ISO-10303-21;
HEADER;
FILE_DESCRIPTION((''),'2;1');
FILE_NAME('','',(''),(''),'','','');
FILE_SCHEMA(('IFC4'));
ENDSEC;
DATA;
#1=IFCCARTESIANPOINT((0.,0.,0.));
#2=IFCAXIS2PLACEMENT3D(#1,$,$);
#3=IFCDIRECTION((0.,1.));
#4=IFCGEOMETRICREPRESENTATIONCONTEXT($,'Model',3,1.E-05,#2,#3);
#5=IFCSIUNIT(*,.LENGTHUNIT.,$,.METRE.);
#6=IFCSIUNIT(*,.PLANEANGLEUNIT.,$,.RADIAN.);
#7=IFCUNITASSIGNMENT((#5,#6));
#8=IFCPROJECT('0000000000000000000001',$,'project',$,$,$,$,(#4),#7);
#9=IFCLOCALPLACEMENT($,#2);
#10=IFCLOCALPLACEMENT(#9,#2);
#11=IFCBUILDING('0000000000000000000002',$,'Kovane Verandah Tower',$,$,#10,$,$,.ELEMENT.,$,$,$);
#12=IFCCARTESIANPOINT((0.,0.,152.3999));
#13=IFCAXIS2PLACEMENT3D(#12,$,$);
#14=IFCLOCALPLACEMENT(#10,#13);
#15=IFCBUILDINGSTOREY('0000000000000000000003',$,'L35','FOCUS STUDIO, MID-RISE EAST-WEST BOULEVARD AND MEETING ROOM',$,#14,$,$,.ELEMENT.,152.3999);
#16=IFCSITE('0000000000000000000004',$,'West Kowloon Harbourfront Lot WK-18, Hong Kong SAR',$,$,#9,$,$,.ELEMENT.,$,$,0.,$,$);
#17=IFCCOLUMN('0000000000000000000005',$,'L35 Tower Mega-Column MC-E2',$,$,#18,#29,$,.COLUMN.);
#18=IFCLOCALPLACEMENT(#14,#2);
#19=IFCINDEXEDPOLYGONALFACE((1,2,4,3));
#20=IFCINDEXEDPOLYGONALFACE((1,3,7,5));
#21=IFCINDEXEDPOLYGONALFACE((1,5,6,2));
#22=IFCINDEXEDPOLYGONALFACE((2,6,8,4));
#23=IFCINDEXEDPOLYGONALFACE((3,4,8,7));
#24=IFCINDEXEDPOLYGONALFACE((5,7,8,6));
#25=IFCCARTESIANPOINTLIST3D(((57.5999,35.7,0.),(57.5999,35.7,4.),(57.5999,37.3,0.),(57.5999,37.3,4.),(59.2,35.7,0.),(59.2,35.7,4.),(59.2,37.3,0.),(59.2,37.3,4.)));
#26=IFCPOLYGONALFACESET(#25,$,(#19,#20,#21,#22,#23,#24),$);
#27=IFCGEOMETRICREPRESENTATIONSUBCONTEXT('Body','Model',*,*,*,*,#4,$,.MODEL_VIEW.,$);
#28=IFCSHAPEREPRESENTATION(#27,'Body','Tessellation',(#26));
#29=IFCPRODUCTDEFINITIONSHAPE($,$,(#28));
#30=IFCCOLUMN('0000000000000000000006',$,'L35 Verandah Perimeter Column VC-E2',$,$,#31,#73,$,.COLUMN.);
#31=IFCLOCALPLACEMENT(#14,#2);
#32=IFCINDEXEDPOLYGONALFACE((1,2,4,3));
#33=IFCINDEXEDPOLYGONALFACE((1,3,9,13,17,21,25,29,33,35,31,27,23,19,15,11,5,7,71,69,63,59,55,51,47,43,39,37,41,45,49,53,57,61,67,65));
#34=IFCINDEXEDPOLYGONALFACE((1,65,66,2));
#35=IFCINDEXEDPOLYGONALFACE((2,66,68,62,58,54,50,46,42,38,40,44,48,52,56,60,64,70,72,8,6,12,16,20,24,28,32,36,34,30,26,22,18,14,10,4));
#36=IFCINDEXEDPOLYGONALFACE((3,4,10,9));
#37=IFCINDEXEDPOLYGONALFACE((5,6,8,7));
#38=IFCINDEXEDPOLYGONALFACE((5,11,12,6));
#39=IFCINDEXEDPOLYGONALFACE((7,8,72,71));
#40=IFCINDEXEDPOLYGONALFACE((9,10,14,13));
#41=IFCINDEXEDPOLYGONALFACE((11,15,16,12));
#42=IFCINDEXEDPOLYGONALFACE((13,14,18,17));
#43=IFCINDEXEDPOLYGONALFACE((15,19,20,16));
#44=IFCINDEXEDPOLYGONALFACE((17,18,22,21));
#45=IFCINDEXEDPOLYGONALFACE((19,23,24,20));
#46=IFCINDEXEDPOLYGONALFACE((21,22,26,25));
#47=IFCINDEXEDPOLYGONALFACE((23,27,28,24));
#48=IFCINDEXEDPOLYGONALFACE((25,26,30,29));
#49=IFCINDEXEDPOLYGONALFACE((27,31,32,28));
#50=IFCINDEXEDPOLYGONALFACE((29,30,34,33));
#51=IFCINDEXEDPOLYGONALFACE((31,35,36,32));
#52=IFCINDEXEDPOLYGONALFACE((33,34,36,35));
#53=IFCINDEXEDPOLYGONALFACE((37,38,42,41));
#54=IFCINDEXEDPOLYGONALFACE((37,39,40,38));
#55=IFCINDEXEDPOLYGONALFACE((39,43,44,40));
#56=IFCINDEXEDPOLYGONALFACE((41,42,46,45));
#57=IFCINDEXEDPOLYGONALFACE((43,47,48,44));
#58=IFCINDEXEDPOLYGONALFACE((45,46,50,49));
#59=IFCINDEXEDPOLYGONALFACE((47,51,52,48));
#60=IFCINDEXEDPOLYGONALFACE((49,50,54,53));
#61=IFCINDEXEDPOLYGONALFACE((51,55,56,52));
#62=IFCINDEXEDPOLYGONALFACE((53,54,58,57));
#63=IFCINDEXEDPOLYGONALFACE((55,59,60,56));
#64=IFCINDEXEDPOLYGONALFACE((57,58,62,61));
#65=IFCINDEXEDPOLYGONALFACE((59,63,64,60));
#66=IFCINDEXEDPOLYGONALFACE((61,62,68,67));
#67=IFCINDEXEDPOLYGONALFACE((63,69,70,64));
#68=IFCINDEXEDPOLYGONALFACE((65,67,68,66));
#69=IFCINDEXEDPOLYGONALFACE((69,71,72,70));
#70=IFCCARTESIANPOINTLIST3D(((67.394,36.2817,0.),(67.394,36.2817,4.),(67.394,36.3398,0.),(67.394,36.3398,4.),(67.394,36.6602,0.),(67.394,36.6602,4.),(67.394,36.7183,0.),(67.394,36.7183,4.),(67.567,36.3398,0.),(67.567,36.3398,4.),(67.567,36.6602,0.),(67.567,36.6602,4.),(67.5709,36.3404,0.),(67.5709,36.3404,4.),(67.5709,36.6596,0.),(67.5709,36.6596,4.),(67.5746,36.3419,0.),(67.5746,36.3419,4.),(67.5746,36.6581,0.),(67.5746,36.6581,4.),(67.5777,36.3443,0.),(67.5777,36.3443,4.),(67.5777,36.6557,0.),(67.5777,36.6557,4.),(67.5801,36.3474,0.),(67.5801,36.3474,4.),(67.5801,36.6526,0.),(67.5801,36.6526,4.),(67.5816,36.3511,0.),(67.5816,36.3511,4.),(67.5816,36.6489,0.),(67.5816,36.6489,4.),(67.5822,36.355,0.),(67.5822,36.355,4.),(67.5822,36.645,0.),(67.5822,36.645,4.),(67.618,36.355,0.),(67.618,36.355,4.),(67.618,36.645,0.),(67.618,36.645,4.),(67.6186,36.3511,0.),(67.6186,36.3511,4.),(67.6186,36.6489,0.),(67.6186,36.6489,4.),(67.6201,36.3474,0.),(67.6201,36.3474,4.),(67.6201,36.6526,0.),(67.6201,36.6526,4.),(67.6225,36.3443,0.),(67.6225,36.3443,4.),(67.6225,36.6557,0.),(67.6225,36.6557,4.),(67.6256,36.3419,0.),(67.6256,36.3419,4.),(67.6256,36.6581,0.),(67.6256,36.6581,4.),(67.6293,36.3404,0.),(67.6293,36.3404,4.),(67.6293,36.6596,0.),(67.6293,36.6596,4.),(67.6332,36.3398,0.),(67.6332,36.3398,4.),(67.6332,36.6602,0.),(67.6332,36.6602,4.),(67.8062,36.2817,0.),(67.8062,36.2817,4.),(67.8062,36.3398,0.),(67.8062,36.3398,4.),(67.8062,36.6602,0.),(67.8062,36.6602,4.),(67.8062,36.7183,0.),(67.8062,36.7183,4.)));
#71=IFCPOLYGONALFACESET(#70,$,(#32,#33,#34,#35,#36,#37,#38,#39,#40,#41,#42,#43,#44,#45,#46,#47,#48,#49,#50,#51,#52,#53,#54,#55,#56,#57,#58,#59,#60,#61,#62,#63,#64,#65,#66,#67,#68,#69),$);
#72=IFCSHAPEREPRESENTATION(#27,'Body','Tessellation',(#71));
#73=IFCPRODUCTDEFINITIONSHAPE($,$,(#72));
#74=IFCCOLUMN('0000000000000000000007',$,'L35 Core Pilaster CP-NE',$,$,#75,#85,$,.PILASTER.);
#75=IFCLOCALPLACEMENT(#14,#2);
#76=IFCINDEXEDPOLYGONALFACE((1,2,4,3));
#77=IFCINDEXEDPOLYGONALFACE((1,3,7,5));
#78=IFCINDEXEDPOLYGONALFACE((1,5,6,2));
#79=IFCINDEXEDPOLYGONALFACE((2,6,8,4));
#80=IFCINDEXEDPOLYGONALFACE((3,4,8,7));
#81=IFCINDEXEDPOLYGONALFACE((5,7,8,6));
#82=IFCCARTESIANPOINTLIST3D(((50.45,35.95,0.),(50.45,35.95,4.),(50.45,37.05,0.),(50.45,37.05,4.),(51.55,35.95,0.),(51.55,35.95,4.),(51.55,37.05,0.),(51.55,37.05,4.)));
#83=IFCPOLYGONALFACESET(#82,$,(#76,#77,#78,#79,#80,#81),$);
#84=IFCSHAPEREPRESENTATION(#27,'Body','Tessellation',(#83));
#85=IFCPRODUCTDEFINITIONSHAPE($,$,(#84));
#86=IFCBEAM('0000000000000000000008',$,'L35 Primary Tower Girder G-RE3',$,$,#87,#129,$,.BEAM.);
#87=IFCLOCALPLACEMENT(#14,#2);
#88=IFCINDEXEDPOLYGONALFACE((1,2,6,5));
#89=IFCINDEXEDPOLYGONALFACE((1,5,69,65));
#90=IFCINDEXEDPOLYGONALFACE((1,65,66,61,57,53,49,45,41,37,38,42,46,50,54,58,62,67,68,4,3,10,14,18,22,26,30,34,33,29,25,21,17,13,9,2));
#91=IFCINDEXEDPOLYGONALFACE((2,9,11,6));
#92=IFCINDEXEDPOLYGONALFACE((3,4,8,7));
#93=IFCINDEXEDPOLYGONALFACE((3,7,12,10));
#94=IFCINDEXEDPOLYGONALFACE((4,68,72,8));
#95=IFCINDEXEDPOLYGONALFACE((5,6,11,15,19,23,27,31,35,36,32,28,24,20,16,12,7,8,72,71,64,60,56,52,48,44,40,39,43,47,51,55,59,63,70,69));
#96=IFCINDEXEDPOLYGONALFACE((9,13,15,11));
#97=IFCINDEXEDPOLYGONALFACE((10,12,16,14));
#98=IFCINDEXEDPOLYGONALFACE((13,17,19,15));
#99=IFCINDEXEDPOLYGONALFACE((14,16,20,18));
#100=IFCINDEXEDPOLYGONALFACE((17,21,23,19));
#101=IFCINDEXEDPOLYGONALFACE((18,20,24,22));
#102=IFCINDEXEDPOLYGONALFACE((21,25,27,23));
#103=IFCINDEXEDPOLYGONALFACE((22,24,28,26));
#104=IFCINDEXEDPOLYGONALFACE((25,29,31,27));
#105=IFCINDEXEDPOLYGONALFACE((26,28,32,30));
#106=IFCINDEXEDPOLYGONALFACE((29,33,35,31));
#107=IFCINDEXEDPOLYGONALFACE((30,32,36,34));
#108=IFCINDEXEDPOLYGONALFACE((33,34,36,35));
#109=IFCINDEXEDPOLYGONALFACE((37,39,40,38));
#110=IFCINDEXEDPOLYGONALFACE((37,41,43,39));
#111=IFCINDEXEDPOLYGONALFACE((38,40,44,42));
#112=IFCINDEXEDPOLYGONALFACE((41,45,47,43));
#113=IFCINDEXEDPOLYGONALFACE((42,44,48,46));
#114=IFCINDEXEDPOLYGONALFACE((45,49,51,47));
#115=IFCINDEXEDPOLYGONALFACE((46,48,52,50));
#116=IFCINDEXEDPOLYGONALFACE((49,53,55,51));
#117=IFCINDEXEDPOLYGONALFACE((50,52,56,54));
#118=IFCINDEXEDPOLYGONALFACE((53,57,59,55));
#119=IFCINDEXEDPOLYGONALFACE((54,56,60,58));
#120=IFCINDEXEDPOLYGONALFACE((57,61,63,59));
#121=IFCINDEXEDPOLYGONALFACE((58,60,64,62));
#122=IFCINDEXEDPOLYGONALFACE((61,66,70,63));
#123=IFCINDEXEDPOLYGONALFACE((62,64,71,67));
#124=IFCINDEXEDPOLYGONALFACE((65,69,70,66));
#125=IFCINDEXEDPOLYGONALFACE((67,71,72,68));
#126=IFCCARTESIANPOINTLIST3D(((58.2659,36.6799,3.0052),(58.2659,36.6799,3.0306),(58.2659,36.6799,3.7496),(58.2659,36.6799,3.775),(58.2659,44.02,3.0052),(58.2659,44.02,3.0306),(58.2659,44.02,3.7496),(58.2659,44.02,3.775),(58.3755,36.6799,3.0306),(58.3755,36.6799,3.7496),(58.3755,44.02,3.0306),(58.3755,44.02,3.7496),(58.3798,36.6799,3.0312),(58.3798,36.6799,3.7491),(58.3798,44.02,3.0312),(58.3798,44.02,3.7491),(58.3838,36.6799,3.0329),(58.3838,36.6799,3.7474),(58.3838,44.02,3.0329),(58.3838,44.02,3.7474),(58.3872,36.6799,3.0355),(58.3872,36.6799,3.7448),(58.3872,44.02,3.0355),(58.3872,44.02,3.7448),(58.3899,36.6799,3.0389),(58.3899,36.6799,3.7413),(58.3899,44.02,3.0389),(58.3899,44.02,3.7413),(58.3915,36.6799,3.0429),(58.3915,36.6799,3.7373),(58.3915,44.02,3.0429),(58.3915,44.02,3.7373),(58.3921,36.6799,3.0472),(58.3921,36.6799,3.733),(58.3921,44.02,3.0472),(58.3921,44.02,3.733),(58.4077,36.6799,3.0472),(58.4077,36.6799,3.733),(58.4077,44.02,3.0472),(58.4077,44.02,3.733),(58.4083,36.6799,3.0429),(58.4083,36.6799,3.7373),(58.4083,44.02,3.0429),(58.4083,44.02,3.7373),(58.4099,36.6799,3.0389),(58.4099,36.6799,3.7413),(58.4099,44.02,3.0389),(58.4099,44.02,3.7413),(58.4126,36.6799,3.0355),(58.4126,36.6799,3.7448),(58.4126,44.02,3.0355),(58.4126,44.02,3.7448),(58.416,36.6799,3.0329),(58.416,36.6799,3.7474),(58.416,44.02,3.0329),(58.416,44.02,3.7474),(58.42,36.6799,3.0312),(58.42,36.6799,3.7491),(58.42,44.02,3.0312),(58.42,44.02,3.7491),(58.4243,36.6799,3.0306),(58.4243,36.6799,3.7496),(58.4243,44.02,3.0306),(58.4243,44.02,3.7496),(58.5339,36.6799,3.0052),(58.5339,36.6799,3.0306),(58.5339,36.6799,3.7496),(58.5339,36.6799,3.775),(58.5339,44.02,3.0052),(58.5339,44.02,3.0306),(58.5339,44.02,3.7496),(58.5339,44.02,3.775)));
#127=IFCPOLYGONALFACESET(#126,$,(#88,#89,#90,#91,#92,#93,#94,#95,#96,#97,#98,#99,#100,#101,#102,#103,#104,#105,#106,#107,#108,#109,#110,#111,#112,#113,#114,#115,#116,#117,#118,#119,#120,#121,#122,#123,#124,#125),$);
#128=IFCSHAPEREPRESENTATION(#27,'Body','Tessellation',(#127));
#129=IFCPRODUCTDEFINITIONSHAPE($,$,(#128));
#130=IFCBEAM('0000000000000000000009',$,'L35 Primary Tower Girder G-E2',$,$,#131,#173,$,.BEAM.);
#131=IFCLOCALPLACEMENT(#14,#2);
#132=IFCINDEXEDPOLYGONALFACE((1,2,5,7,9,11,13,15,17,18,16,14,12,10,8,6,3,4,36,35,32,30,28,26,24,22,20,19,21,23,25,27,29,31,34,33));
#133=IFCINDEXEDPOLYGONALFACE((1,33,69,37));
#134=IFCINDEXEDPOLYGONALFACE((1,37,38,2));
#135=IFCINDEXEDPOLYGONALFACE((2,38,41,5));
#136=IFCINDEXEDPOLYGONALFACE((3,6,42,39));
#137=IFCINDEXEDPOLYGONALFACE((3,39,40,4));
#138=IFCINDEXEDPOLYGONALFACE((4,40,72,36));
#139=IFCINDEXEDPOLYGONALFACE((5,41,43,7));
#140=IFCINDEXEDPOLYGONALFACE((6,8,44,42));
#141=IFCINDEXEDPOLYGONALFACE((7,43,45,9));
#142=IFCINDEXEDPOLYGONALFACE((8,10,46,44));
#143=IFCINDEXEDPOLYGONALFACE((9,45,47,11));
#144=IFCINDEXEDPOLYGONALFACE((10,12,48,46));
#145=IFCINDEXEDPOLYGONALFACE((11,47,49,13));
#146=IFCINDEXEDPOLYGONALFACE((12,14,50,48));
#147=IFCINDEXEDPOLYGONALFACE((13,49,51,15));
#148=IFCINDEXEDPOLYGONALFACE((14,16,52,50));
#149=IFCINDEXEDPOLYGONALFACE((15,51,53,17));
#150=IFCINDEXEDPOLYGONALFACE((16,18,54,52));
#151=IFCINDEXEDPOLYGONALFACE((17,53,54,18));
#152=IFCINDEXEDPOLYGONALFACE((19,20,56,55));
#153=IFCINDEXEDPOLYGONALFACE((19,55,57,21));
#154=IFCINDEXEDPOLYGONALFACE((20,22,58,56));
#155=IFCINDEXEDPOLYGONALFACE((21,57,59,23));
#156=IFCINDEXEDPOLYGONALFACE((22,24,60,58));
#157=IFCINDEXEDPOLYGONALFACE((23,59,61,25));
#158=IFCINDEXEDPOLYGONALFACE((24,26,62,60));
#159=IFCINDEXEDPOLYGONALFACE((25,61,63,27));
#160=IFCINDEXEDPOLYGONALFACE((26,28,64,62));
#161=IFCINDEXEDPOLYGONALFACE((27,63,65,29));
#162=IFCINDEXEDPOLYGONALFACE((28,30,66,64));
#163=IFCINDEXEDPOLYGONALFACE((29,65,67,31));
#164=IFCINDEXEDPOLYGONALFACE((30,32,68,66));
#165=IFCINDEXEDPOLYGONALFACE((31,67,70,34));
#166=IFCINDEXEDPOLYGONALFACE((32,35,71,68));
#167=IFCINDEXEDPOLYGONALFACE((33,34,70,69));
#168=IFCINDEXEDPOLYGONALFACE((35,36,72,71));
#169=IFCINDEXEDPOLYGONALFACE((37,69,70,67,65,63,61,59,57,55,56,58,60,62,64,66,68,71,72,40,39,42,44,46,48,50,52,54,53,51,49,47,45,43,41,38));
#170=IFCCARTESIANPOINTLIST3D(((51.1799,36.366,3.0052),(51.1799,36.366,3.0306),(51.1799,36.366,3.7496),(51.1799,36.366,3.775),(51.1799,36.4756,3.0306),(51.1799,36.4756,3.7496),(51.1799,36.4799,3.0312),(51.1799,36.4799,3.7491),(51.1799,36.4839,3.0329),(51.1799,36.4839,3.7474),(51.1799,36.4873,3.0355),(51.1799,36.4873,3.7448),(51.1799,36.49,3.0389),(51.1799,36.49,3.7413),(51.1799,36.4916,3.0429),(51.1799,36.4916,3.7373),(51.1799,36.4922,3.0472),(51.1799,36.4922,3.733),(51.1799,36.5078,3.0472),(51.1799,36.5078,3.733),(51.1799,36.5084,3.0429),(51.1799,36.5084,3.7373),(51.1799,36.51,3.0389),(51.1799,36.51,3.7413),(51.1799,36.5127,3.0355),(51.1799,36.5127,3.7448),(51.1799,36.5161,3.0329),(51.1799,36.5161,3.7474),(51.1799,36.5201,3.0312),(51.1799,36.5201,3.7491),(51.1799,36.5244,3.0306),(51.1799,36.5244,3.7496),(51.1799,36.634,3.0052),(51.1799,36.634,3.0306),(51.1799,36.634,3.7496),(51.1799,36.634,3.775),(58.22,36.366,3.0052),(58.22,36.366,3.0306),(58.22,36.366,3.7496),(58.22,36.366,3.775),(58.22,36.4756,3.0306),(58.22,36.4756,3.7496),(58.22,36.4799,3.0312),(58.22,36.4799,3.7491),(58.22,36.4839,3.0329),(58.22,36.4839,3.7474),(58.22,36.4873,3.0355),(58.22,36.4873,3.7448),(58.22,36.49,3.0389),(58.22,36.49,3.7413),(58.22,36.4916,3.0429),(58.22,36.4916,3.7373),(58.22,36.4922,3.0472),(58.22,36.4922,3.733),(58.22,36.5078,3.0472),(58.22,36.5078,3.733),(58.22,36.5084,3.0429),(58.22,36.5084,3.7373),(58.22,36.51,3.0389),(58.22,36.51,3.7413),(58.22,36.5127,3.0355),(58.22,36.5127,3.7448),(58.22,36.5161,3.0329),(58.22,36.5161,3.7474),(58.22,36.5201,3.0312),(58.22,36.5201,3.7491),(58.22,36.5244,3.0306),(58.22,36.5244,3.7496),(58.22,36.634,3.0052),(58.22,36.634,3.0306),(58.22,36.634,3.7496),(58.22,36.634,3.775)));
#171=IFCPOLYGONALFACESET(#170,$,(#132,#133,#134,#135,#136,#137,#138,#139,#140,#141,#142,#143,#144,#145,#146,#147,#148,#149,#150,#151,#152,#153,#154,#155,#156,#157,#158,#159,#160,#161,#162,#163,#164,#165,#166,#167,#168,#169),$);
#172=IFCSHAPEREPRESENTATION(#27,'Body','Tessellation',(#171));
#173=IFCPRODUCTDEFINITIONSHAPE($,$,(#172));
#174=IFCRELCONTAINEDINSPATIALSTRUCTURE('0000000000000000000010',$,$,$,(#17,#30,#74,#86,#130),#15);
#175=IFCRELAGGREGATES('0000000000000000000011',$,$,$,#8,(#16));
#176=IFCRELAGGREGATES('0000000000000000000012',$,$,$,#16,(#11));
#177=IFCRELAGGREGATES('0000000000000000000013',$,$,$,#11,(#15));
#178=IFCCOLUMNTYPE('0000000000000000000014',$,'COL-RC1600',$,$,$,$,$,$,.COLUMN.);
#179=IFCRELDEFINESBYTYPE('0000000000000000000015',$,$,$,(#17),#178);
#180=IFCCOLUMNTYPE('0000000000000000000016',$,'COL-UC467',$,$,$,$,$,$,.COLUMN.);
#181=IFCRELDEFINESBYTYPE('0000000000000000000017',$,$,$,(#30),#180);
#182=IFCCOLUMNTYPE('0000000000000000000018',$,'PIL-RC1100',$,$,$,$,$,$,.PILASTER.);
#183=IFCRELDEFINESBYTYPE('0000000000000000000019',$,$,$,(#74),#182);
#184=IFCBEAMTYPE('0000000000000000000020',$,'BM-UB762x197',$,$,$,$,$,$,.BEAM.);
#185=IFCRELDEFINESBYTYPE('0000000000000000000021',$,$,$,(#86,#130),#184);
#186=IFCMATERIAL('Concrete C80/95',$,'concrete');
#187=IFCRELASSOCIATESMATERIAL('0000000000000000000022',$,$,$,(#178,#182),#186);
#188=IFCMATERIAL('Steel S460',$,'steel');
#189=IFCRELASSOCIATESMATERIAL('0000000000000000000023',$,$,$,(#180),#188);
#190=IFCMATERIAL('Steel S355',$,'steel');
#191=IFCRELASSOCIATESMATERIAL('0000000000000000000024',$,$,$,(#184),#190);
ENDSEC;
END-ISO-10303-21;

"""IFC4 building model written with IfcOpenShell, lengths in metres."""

from ifc_helpers import new_model, si_unit, direction, frame, origin, origin_2d, place, context, subcontext, project, spatial, rectangle, i_section, extrude, material, material_profile, profile_set, type_object, element, save


model = new_model("IFC4")

# Units and contexts
model_context = context("Model", 3, precision=1e-05, world=origin(), true_north=direction((0.0, 1.0)))
body_context = subcontext(model_context, "Body", "Model", "MODEL_VIEW")
ifc_project = project(units=[si_unit("LENGTHUNIT", "METRE"), si_unit("PLANEANGLEUNIT", "RADIAN")], contexts=[model_context])

# Site, building, storey
site_placement = place(None, origin())
site = spatial("IfcSite", under=ifc_project, at=site_placement, Name="West Kowloon Harbourfront Lot WK-18, Hong Kong SAR", CompositionType="ELEMENT", RefElevation=0.0)
building_placement = place(site_placement, origin())
building = spatial("IfcBuilding", under=site, at=building_placement, Name="Kovane Verandah Tower", CompositionType="ELEMENT")
storey_placement = place(building_placement, frame((0.0, 0.0, 152.3999)))
storey = spatial("IfcBuildingStorey", under=building, at=storey_placement, Name="L35", Description="FOCUS STUDIO, MID-RISE EAST-WEST BOULEVARD AND MEETING ROOM", CompositionType="ELEMENT", Elevation=152.3999)

# Columns
ifc_material_1 = material(Name="Concrete C80/95", Category="concrete")
ifc_material_profile_1 = material_profile(ifc_material_1, rectangle(XDim=1.6001, YDim=1.6001, at=origin_2d()), Name="RC1600x1600")
ifc_profile_set_1 = profile_set([ifc_material_profile_1], Name="Concrete C80/95")
column_type_1 = type_object("IfcColumnType", Name="COL-RC1600", PredefinedType="COLUMN", material=ifc_profile_set_1)
column_1_placement = place(storey_placement, frame((58.3999, 36.5, 0.0), z_axis=(0.0, 0.0, 1.0), x_axis=(1.0, 0.0, 0.0)))
element("IfcColumn", 1, at=column_1_placement, inside=storey, type_object=column_type_1, Name="L35 Tower Mega-Column MC-E2", PredefinedType="COLUMN", context=body_context, shape_type="SweptSolid", body=[
    extrude(rectangle(XDim=1.6001, YDim=1.6001, at=origin_2d()), origin(), (0.0, 0.0, 1.0), 4.0),
])
ifc_material_2 = material(Name="Steel S460", Category="steel")
ifc_material_profile_2 = material_profile(ifc_material_2, i_section(OverallWidth=0.4121, OverallDepth=0.4365, WebThickness=0.0359, FlangeThickness=0.0581, FilletRadius=0.0151, at=origin_2d()), Name="UC356x406x467")
ifc_profile_set_2 = profile_set([ifc_material_profile_2], Name="Steel S460")
column_type_2 = type_object("IfcColumnType", Name="COL-UC467", PredefinedType="COLUMN", material=ifc_profile_set_2)
column_2_placement = place(storey_placement, frame((67.6001, 36.5, 0.0), z_axis=(0.0, 0.0, 1.0), x_axis=(1.0, 0.0, 0.0)))
element("IfcColumn", 2, at=column_2_placement, inside=storey, type_object=column_type_2, Name="L35 Verandah Perimeter Column VC-E2", PredefinedType="COLUMN", context=body_context, shape_type="SweptSolid", body=[
    extrude(i_section(OverallWidth=0.4121, OverallDepth=0.4365, WebThickness=0.0359, FlangeThickness=0.0581, FilletRadius=0.0151, at=origin_2d()), origin(), (0.0, 0.0, 1.0), 4.0),
])
ifc_material_profile_3 = material_profile(ifc_material_1, rectangle(XDim=1.1001, YDim=1.1001, at=origin_2d()), Name="RC1100x1100")
ifc_profile_set_3 = profile_set([ifc_material_profile_3], Name="Concrete C80/95")
column_type_3 = type_object("IfcColumnType", Name="PIL-RC1100", PredefinedType="PILASTER", material=ifc_profile_set_3)
column_3_placement = place(storey_placement, frame((51.0, 36.5, 0.0), z_axis=(0.0, 0.0, 1.0), x_axis=(1.0, 0.0, 0.0)))
element("IfcColumn", 3, at=column_3_placement, inside=storey, type_object=column_type_3, Name="L35 Core Pilaster CP-NE", PredefinedType="PILASTER", context=body_context, shape_type="SweptSolid", body=[
    extrude(rectangle(XDim=1.1001, YDim=1.1001, at=origin_2d()), origin(), (0.0, 0.0, 1.0), 4.0),
])

# Beams
ifc_material_3 = material(Name="Steel S355", Category="steel")
ifc_material_profile_4 = material_profile(ifc_material_3, i_section(OverallWidth=0.2681, OverallDepth=0.7698, WebThickness=0.0156, FlangeThickness=0.0254, FilletRadius=0.0166, at=origin_2d()), Name="UB762x267x197")
ifc_profile_set_4 = profile_set([ifc_material_profile_4], Name="Steel S355")
beam_type_1 = type_object("IfcBeamType", Name="BM-UB762x197", PredefinedType="BEAM", material=ifc_profile_set_4)
beam_1_placement = place(storey_placement, frame((58.3999, 36.6799, 3.3901), z_axis=(0.0, 1.0, 0.0), x_axis=(-1.0, 0.0, 0.0)))
element("IfcBeam", 4, at=beam_1_placement, inside=storey, type_object=beam_type_1, Name="L35 Primary Tower Girder G-RE3", PredefinedType="BEAM", context=body_context, shape_type="SweptSolid", body=[
    extrude(i_section(OverallWidth=0.2681, OverallDepth=0.7698, WebThickness=0.0156, FlangeThickness=0.0254, FilletRadius=0.0166, at=origin_2d()), origin(), (0.0, 0.0, 1.0), 7.3401),
])
beam_2_placement = place(storey_placement, frame((51.1799, 36.5, 3.3901), z_axis=(1.0, 0.0, 0.0), x_axis=(0.0, 1.0, 0.0)))
element("IfcBeam", 5, at=beam_2_placement, inside=storey, type_object=beam_type_1, Name="L35 Primary Tower Girder G-E2", PredefinedType="BEAM", context=body_context, shape_type="SweptSolid", body=[
    extrude(i_section(OverallWidth=0.2681, OverallDepth=0.7698, WebThickness=0.0156, FlangeThickness=0.0254, FilletRadius=0.0166, at=origin_2d()), origin(), (0.0, 0.0, 1.0), 7.04),
])

save(model, "model.ifc")
